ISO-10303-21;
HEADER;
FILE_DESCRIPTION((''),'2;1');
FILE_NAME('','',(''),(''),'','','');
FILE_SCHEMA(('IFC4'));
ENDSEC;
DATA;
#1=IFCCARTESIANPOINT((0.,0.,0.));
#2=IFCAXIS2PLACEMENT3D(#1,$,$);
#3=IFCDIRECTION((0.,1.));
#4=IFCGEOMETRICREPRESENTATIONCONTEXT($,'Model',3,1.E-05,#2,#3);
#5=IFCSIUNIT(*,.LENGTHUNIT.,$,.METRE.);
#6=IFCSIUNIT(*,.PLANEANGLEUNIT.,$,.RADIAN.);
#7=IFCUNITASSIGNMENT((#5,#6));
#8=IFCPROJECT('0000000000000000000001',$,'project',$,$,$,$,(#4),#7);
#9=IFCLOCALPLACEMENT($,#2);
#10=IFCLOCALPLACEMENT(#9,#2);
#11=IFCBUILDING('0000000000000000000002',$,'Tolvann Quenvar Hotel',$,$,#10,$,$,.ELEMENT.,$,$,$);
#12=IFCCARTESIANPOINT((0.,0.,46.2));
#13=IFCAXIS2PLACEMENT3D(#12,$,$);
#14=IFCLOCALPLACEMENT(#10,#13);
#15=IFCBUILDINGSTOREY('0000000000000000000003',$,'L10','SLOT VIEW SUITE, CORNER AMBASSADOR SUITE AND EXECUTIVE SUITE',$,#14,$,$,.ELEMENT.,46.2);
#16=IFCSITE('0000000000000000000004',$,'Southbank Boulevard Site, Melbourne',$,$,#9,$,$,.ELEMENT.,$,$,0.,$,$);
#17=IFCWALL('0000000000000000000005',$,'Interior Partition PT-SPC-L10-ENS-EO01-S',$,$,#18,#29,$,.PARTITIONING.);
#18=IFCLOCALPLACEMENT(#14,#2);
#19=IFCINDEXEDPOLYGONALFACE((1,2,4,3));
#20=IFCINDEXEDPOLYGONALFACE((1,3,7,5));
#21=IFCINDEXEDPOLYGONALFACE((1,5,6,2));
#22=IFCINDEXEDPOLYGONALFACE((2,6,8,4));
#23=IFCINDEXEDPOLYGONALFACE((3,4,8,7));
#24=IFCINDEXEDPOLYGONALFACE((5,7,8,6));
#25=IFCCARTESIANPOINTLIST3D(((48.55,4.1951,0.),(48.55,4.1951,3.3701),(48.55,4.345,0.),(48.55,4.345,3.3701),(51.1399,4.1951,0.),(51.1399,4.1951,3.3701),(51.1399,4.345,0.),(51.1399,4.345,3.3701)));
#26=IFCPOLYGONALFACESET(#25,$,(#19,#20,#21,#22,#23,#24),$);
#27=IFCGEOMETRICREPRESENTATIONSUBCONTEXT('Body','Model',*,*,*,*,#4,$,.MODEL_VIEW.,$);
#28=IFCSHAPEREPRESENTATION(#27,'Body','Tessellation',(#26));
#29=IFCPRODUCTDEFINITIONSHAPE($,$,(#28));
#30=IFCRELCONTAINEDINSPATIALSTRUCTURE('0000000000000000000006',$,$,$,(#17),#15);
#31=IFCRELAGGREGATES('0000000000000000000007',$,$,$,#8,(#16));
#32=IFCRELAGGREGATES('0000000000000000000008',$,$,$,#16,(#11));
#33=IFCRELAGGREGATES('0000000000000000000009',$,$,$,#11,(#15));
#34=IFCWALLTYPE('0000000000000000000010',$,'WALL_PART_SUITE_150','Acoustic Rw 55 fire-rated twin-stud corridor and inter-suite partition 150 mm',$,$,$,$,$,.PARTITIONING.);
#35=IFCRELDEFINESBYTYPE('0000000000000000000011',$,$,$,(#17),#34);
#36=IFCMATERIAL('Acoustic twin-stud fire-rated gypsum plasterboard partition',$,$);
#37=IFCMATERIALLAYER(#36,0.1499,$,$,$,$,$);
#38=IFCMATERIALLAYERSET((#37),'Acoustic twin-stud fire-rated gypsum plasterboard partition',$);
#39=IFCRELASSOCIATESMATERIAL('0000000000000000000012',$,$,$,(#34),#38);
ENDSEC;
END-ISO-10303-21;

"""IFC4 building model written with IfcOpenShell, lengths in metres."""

from ifc_helpers import new_model, si_unit, direction, frame, frame_2d, origin, place, context, subcontext, project, spatial, rectangle, extrude, material, layer, layer_set, type_object, element, save


model = new_model("IFC4")

# Units and contexts
model_context = context("Model", 3, precision=1e-05, world=origin(), true_north=direction((0.0, 1.0)))
body_context = subcontext(model_context, "Body", "Model", "MODEL_VIEW")
ifc_project = project(units=[si_unit("LENGTHUNIT", "METRE"), si_unit("PLANEANGLEUNIT", "RADIAN")], contexts=[model_context])

# Site, building, storey
site_placement = place(None, origin())
site = spatial("IfcSite", under=ifc_project, at=site_placement, Name="Southbank Boulevard Site, Melbourne", CompositionType="ELEMENT", RefElevation=0.0)
building_placement = place(site_placement, origin())
building = spatial("IfcBuilding", under=site, at=building_placement, Name="Tolvann Quenvar Hotel", CompositionType="ELEMENT")
storey_placement = place(building_placement, frame((0.0, 0.0, 46.2)))
storey = spatial("IfcBuildingStorey", under=building, at=storey_placement, Name="L10", Description="SLOT VIEW SUITE, CORNER AMBASSADOR SUITE AND EXECUTIVE SUITE", CompositionType="ELEMENT", Elevation=46.2)

# Shared definitions
ifc_material_1 = material(Name="Acoustic twin-stud fire-rated gypsum plasterboard partition")
ifc_layer_1 = layer(ifc_material_1, 0.1499)
ifc_layer_set_1 = layer_set([ifc_layer_1], Name="Acoustic twin-stud fire-rated gypsum plasterboard partition")
wall_type_1 = type_object("IfcWallType", Name="WALL_PART_SUITE_150", Description="Acoustic Rw 55 fire-rated twin-stud corridor and inter-suite partition 150 mm", PredefinedType="PARTITIONING", material=ifc_layer_set_1)

# Wall
wall_1_placement = place(storey_placement, frame((48.55, 4.27, 0.0), z_axis=(0.0, 0.0, 1.0), x_axis=(1.0, 0.0, 0.0)))
element("IfcWall", 1, at=wall_1_placement, inside=storey, type_object=wall_type_1, Name="Interior Partition PT-SPC-L10-ENS-EO01-S", PredefinedType="PARTITIONING", context=body_context, shape_type="SweptSolid", body=[
    extrude(rectangle(XDim=2.5898, YDim=0.1499, at=frame_2d((1.2949, 0.0))), origin(), (0.0, 0.0, 1.0), 3.3701),
])

save(model, "model.ifc")
